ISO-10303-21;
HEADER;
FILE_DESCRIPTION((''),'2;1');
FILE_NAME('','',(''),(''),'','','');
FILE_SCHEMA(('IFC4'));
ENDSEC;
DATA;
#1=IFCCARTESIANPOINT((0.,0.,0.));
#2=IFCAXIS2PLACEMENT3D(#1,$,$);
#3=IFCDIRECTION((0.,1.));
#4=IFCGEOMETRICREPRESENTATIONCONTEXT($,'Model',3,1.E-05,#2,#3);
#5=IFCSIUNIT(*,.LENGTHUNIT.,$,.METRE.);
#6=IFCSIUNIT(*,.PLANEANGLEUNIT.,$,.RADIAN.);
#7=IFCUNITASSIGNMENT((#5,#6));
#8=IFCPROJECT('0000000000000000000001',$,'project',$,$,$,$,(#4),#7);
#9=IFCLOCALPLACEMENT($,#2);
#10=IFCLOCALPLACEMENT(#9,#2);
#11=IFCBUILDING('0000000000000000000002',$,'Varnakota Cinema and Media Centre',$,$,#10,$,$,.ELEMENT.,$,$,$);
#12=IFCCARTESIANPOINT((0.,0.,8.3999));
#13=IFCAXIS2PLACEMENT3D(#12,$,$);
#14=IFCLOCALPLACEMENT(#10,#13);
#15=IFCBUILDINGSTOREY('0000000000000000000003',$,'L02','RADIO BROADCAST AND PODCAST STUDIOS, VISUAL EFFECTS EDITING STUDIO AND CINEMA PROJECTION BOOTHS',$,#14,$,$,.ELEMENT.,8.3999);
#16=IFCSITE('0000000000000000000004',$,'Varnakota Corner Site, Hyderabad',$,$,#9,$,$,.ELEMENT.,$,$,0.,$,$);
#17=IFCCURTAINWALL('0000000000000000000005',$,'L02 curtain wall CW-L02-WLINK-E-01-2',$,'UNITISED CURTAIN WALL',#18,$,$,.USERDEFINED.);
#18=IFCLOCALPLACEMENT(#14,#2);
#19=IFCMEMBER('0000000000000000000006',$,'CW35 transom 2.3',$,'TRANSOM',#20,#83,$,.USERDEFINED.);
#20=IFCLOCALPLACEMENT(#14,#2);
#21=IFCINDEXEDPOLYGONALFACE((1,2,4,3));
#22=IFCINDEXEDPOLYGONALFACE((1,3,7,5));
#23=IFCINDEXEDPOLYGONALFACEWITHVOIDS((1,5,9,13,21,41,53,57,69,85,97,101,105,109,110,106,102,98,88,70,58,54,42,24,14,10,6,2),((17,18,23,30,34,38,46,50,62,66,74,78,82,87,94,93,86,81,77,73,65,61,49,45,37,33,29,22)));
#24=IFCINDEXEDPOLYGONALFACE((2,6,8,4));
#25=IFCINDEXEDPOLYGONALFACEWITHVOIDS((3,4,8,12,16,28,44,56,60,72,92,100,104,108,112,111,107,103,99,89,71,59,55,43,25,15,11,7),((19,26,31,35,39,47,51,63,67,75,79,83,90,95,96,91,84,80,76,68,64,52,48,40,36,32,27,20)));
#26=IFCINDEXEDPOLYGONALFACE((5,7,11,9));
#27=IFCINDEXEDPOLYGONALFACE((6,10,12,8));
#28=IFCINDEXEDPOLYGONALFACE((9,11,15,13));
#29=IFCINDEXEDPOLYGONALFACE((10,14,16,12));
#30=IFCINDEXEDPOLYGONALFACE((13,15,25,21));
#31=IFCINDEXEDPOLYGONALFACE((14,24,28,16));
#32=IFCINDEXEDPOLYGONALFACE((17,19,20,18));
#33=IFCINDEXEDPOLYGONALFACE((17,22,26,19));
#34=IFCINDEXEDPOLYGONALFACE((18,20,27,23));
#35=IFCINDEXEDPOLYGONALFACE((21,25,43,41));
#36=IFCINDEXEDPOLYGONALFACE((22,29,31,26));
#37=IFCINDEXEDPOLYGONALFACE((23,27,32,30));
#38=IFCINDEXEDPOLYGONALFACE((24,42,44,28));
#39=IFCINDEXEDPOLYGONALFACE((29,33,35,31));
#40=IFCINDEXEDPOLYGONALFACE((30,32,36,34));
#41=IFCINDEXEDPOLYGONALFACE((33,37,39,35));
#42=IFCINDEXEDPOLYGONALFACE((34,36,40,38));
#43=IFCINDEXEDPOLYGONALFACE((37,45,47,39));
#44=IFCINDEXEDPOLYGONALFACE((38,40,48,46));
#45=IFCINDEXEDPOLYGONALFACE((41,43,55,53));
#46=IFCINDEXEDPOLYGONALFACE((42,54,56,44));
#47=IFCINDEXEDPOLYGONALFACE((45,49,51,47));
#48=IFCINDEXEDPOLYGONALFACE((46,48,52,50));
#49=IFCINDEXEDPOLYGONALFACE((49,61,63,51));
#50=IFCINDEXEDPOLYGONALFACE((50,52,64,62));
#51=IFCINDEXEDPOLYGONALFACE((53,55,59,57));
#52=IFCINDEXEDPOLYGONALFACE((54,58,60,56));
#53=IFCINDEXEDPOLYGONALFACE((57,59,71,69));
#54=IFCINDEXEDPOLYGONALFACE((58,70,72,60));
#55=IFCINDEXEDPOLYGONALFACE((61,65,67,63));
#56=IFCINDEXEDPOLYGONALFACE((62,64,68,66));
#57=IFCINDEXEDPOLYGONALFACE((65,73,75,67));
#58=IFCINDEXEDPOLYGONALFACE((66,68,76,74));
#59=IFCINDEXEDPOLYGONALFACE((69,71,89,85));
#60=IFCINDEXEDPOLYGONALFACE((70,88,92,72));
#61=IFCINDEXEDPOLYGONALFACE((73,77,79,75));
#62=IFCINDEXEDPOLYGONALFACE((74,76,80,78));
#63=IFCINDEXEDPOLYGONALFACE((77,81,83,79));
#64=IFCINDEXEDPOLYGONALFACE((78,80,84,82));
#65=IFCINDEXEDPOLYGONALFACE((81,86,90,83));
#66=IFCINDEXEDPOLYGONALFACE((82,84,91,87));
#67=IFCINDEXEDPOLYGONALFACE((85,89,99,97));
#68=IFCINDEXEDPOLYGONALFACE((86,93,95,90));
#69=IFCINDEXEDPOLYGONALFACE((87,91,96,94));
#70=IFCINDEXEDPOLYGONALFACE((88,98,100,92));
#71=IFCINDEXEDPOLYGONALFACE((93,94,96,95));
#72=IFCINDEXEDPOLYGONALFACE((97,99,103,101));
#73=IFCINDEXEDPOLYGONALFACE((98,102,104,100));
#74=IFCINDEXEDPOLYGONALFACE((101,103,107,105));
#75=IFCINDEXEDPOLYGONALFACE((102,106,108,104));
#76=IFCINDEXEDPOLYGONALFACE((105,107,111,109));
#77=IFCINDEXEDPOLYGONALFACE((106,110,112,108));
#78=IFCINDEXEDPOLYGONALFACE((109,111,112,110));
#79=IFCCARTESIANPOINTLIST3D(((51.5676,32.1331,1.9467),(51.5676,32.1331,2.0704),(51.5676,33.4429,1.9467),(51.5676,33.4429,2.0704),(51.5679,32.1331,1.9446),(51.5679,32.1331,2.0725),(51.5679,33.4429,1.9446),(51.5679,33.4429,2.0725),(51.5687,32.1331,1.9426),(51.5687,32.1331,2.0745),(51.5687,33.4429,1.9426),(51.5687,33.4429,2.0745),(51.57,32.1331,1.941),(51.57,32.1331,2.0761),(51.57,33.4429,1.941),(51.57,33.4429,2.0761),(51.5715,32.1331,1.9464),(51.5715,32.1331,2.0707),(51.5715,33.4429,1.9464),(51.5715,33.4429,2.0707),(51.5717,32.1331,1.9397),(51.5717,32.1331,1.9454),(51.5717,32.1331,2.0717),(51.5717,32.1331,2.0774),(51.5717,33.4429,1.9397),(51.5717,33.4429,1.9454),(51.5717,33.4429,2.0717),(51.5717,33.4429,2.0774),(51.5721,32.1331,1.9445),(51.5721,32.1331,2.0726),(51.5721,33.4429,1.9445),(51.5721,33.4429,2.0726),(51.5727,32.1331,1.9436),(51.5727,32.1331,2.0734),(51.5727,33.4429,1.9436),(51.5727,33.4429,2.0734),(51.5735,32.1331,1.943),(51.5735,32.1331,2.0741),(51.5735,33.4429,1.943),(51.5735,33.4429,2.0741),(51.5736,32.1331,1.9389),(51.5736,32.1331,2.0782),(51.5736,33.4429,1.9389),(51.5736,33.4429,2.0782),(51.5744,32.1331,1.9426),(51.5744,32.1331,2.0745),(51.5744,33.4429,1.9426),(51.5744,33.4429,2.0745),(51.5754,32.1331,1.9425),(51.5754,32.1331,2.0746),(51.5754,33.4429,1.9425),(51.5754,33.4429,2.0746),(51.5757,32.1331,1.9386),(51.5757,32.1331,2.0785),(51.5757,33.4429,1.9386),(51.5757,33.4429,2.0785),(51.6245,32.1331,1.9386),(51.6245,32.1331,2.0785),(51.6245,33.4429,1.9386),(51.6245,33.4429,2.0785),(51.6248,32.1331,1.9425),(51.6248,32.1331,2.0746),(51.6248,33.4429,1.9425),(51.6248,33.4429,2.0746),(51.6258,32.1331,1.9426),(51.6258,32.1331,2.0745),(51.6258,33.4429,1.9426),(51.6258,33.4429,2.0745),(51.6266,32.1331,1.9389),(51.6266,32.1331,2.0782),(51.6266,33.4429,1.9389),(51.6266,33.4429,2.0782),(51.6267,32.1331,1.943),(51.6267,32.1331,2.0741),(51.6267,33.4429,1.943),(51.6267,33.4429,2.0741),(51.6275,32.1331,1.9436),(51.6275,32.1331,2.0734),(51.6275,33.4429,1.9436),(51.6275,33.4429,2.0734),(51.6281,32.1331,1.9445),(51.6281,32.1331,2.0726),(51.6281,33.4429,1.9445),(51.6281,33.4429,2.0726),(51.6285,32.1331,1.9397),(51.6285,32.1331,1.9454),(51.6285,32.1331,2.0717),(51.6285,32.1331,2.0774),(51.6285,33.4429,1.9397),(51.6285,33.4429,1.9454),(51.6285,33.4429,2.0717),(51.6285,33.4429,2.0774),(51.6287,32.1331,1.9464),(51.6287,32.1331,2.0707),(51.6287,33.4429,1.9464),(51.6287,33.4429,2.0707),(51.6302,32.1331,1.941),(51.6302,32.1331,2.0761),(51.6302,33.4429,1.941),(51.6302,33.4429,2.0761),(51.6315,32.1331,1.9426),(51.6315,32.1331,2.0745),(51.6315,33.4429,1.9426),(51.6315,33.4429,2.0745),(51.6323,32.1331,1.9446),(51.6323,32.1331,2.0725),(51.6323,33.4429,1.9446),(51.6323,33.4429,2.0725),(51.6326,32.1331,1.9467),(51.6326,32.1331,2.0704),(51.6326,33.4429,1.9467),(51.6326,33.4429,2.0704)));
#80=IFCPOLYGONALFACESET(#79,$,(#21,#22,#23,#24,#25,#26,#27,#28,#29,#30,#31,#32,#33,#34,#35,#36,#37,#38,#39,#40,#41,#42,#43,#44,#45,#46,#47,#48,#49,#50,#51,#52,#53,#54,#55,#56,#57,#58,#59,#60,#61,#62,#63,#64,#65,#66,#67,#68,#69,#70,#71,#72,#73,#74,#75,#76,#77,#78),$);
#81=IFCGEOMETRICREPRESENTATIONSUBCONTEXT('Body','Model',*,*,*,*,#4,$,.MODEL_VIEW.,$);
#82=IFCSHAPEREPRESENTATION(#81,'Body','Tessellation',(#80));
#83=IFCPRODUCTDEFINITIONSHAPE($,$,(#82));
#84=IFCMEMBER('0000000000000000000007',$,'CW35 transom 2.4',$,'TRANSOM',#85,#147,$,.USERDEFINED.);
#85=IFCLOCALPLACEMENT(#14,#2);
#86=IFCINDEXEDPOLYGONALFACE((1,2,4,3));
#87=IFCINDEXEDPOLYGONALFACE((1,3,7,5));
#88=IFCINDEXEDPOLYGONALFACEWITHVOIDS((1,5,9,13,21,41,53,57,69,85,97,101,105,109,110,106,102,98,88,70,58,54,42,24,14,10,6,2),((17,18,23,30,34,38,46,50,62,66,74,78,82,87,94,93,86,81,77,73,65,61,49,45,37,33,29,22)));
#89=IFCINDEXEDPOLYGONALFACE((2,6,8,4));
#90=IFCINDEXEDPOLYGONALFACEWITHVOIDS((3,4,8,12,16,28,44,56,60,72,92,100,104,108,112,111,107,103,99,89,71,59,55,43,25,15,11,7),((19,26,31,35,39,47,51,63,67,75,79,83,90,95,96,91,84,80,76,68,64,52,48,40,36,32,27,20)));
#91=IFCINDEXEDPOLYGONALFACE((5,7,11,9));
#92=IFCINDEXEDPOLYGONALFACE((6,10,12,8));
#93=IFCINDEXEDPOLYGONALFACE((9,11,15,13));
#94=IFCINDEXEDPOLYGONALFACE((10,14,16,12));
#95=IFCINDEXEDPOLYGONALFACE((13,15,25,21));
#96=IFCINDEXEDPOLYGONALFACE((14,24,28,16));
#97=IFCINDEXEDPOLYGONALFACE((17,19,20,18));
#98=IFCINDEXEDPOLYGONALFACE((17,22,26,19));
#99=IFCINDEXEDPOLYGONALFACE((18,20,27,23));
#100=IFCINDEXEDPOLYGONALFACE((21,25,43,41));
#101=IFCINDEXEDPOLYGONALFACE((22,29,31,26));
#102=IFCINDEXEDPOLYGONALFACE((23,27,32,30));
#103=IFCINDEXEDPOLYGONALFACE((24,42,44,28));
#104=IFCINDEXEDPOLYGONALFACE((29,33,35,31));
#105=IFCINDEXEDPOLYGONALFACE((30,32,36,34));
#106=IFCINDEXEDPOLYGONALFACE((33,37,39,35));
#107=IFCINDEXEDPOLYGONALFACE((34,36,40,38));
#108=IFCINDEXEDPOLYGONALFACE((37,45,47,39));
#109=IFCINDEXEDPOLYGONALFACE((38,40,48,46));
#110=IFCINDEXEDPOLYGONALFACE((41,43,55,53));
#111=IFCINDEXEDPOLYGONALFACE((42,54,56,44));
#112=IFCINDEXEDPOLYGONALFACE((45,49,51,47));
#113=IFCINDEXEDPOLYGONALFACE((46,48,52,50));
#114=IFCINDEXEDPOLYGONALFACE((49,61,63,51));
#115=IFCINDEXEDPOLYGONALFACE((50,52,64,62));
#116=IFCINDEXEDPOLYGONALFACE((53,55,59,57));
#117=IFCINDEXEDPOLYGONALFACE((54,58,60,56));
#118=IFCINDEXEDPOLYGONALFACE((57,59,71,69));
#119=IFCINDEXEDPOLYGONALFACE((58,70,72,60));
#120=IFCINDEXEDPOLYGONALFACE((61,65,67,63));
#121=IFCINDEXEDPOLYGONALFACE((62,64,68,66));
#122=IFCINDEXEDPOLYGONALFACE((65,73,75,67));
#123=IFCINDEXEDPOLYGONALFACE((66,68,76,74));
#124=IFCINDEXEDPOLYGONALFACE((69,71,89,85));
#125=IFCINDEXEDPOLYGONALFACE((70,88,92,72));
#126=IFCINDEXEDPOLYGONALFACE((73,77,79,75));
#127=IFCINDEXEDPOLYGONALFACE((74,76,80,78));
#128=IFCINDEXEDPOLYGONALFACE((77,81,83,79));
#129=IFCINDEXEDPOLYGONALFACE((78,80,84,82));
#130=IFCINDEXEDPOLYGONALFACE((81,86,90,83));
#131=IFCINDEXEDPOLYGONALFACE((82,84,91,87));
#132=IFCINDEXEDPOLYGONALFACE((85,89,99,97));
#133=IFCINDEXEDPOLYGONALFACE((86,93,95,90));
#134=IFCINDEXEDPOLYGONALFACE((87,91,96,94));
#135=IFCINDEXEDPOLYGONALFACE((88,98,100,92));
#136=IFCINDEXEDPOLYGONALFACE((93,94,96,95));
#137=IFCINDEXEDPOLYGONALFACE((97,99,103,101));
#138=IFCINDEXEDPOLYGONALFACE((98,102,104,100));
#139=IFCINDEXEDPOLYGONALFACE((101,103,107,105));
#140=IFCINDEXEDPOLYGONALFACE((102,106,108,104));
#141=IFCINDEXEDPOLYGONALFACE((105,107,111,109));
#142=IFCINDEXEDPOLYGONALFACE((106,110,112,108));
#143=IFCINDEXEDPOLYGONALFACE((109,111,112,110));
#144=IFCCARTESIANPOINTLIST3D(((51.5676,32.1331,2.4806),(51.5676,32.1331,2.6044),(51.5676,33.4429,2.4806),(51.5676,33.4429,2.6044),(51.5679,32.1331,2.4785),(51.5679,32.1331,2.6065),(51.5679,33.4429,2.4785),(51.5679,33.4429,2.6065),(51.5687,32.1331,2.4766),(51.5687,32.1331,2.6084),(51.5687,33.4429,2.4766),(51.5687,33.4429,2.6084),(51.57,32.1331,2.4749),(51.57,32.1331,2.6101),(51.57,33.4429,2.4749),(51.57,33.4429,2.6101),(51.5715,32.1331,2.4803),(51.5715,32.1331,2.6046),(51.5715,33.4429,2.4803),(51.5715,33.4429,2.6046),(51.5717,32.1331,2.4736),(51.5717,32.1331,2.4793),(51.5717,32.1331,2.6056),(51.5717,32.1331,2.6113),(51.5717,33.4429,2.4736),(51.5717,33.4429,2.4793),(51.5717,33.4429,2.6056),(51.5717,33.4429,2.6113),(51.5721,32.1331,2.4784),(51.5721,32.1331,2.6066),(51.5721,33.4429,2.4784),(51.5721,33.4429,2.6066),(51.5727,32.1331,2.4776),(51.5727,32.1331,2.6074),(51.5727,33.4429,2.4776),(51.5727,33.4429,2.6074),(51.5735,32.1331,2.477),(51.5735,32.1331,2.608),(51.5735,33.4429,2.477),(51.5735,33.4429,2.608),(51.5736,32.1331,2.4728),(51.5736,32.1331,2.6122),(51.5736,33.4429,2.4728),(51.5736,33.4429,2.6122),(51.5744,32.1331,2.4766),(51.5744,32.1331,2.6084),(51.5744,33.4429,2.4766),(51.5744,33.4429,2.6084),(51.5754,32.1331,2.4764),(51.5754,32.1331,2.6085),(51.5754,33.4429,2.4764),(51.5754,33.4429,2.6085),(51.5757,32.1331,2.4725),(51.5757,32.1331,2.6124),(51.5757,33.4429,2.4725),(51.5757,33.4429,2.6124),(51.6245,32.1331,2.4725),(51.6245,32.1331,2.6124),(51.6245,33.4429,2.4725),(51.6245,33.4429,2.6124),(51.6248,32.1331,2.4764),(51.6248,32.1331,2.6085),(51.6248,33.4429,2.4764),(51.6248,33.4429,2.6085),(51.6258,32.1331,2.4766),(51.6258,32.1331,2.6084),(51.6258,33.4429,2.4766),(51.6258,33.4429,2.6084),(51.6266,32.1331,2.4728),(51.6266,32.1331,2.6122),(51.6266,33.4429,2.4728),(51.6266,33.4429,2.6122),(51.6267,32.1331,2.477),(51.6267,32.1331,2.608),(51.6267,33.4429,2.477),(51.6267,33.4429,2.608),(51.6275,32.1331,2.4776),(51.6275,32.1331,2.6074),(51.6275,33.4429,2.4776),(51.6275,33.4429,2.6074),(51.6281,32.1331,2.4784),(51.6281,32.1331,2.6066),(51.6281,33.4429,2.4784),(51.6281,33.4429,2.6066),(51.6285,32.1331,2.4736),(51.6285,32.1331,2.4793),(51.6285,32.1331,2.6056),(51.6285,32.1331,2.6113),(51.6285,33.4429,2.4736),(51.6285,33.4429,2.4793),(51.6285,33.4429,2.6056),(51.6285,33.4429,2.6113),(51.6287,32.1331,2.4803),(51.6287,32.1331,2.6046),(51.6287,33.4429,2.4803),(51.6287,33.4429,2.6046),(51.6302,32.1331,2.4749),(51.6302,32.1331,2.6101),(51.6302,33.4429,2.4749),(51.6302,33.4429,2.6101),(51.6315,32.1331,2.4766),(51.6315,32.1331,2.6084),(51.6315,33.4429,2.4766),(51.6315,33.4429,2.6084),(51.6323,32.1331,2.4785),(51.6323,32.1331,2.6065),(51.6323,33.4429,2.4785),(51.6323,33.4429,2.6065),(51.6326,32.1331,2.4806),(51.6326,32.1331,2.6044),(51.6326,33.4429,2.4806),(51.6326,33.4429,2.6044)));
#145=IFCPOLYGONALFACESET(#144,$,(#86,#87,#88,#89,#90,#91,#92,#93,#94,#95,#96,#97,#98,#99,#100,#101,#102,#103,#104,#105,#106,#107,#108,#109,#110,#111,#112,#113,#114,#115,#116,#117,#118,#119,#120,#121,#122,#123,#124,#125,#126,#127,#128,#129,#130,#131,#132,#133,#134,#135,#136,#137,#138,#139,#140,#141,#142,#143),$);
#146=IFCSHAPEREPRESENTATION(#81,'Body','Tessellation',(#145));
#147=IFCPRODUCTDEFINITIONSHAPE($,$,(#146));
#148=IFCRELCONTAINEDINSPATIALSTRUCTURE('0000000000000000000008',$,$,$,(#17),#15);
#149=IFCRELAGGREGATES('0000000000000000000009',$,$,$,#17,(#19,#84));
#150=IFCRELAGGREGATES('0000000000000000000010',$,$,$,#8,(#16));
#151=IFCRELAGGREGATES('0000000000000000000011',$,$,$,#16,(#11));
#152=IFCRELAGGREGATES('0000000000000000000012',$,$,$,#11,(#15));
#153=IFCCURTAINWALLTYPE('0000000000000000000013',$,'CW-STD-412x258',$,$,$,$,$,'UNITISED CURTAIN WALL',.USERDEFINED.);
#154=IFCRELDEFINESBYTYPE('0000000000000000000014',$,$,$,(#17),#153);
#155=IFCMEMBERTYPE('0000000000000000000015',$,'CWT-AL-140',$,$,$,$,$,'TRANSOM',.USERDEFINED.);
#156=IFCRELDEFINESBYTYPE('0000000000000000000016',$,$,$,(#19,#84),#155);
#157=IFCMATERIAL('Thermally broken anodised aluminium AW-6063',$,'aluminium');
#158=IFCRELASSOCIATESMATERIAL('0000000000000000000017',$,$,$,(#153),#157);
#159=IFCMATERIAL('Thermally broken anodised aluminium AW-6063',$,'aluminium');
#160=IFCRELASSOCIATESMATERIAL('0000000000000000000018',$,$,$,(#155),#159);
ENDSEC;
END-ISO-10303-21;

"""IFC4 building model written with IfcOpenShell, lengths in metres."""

from ifc_helpers import new_model, si_unit, direction, frame, origin, origin_2d, place, context, subcontext, project, spatial, hollow_rectangle, extrude, material, material_profile, profile_set, type_object, element, aggregate, save


model = new_model("IFC4")

# Units and contexts
model_context = context("Model", 3, precision=1e-05, world=origin(), true_north=direction((0.0, 1.0)))
body_context = subcontext(model_context, "Body", "Model", "MODEL_VIEW")
ifc_project = project(units=[si_unit("LENGTHUNIT", "METRE"), si_unit("PLANEANGLEUNIT", "RADIAN")], contexts=[model_context])

# Site, building, storey
site_placement = place(None, origin())
site = spatial("IfcSite", under=ifc_project, at=site_placement, Name="Varnakota Corner Site, Hyderabad", CompositionType="ELEMENT", RefElevation=0.0)
building_placement = place(site_placement, origin())
building = spatial("IfcBuilding", under=site, at=building_placement, Name="Varnakota Cinema and Media Centre", CompositionType="ELEMENT")
storey_placement = place(building_placement, frame((0.0, 0.0, 8.3999)))
storey = spatial("IfcBuildingStorey", under=building, at=storey_placement, Name="L02", Description="RADIO BROADCAST AND PODCAST STUDIOS, VISUAL EFFECTS EDITING STUDIO AND CINEMA PROJECTION BOOTHS", CompositionType="ELEMENT", Elevation=8.3999)

# Curtain wall
ifc_material_1 = material(Name="Thermally broken anodised aluminium AW-6063", Category="aluminium")
curtain_wall_type_1 = type_object("IfcCurtainWallType", Name="CW-STD-412x258", ElementType="UNITISED CURTAIN WALL", PredefinedType="USERDEFINED", material=ifc_material_1)
curtain_wall_1_placement = place(storey_placement, origin())
curtain_wall_1 = element("IfcCurtainWall", 1, at=curtain_wall_1_placement, inside=storey, type_object=curtain_wall_type_1, Name="L02 curtain wall CW-L02-WLINK-E-01-2", ObjectType="UNITISED CURTAIN WALL", PredefinedType="USERDEFINED")

# Members
ifc_material_2 = material(Name="Thermally broken anodised aluminium AW-6063", Category="aluminium")
ifc_material_profile_1 = material_profile(ifc_material_2, hollow_rectangle(XDim=0.0649, YDim=0.1399, WallThickness=0.0039, InnerFilletRadius=0.0039, OuterFilletRadius=0.0081, at=origin_2d()), Name="AL-TRANSOM 140x65x4")
ifc_profile_set_1 = profile_set([ifc_material_profile_1], Name="Thermally broken anodised aluminium AW-6063")
member_type_1 = type_object("IfcMemberType", Name="CWT-AL-140", ElementType="TRANSOM", PredefinedType="USERDEFINED", material=ifc_profile_set_1)
member_1_placement = place(storey_placement, frame((51.6001, 32.1331, 2.0085), z_axis=(0.0, 1.0, 0.0), x_axis=(-1.0, 0.0, 0.0)))
member_1 = element("IfcMember", 2, at=member_1_placement, type_object=member_type_1, Name="CW35 transom 2.3", ObjectType="TRANSOM", PredefinedType="USERDEFINED", context=body_context, shape_type="SweptSolid", body=[
    extrude(hollow_rectangle(XDim=0.0649, YDim=0.1399, WallThickness=0.0039, InnerFilletRadius=0.0039, OuterFilletRadius=0.0081, at=origin_2d()), origin(), (0.0, 0.0, 1.0), 1.3098),
])
member_2_placement = place(storey_placement, frame((51.6001, 32.1331, 2.5425), z_axis=(0.0, 1.0, 0.0), x_axis=(-1.0, 0.0, 0.0)))
member_2 = element("IfcMember", 3, at=member_2_placement, type_object=member_type_1, Name="CW35 transom 2.4", ObjectType="TRANSOM", PredefinedType="USERDEFINED", context=body_context, shape_type="SweptSolid", body=[
    extrude(hollow_rectangle(XDim=0.0649, YDim=0.1399, WallThickness=0.0039, InnerFilletRadius=0.0039, OuterFilletRadius=0.0081, at=origin_2d()), origin(), (0.0, 0.0, 1.0), 1.3098),
])

aggregate(curtain_wall_1, [member_1, member_2])

save(model, "model.ifc")
